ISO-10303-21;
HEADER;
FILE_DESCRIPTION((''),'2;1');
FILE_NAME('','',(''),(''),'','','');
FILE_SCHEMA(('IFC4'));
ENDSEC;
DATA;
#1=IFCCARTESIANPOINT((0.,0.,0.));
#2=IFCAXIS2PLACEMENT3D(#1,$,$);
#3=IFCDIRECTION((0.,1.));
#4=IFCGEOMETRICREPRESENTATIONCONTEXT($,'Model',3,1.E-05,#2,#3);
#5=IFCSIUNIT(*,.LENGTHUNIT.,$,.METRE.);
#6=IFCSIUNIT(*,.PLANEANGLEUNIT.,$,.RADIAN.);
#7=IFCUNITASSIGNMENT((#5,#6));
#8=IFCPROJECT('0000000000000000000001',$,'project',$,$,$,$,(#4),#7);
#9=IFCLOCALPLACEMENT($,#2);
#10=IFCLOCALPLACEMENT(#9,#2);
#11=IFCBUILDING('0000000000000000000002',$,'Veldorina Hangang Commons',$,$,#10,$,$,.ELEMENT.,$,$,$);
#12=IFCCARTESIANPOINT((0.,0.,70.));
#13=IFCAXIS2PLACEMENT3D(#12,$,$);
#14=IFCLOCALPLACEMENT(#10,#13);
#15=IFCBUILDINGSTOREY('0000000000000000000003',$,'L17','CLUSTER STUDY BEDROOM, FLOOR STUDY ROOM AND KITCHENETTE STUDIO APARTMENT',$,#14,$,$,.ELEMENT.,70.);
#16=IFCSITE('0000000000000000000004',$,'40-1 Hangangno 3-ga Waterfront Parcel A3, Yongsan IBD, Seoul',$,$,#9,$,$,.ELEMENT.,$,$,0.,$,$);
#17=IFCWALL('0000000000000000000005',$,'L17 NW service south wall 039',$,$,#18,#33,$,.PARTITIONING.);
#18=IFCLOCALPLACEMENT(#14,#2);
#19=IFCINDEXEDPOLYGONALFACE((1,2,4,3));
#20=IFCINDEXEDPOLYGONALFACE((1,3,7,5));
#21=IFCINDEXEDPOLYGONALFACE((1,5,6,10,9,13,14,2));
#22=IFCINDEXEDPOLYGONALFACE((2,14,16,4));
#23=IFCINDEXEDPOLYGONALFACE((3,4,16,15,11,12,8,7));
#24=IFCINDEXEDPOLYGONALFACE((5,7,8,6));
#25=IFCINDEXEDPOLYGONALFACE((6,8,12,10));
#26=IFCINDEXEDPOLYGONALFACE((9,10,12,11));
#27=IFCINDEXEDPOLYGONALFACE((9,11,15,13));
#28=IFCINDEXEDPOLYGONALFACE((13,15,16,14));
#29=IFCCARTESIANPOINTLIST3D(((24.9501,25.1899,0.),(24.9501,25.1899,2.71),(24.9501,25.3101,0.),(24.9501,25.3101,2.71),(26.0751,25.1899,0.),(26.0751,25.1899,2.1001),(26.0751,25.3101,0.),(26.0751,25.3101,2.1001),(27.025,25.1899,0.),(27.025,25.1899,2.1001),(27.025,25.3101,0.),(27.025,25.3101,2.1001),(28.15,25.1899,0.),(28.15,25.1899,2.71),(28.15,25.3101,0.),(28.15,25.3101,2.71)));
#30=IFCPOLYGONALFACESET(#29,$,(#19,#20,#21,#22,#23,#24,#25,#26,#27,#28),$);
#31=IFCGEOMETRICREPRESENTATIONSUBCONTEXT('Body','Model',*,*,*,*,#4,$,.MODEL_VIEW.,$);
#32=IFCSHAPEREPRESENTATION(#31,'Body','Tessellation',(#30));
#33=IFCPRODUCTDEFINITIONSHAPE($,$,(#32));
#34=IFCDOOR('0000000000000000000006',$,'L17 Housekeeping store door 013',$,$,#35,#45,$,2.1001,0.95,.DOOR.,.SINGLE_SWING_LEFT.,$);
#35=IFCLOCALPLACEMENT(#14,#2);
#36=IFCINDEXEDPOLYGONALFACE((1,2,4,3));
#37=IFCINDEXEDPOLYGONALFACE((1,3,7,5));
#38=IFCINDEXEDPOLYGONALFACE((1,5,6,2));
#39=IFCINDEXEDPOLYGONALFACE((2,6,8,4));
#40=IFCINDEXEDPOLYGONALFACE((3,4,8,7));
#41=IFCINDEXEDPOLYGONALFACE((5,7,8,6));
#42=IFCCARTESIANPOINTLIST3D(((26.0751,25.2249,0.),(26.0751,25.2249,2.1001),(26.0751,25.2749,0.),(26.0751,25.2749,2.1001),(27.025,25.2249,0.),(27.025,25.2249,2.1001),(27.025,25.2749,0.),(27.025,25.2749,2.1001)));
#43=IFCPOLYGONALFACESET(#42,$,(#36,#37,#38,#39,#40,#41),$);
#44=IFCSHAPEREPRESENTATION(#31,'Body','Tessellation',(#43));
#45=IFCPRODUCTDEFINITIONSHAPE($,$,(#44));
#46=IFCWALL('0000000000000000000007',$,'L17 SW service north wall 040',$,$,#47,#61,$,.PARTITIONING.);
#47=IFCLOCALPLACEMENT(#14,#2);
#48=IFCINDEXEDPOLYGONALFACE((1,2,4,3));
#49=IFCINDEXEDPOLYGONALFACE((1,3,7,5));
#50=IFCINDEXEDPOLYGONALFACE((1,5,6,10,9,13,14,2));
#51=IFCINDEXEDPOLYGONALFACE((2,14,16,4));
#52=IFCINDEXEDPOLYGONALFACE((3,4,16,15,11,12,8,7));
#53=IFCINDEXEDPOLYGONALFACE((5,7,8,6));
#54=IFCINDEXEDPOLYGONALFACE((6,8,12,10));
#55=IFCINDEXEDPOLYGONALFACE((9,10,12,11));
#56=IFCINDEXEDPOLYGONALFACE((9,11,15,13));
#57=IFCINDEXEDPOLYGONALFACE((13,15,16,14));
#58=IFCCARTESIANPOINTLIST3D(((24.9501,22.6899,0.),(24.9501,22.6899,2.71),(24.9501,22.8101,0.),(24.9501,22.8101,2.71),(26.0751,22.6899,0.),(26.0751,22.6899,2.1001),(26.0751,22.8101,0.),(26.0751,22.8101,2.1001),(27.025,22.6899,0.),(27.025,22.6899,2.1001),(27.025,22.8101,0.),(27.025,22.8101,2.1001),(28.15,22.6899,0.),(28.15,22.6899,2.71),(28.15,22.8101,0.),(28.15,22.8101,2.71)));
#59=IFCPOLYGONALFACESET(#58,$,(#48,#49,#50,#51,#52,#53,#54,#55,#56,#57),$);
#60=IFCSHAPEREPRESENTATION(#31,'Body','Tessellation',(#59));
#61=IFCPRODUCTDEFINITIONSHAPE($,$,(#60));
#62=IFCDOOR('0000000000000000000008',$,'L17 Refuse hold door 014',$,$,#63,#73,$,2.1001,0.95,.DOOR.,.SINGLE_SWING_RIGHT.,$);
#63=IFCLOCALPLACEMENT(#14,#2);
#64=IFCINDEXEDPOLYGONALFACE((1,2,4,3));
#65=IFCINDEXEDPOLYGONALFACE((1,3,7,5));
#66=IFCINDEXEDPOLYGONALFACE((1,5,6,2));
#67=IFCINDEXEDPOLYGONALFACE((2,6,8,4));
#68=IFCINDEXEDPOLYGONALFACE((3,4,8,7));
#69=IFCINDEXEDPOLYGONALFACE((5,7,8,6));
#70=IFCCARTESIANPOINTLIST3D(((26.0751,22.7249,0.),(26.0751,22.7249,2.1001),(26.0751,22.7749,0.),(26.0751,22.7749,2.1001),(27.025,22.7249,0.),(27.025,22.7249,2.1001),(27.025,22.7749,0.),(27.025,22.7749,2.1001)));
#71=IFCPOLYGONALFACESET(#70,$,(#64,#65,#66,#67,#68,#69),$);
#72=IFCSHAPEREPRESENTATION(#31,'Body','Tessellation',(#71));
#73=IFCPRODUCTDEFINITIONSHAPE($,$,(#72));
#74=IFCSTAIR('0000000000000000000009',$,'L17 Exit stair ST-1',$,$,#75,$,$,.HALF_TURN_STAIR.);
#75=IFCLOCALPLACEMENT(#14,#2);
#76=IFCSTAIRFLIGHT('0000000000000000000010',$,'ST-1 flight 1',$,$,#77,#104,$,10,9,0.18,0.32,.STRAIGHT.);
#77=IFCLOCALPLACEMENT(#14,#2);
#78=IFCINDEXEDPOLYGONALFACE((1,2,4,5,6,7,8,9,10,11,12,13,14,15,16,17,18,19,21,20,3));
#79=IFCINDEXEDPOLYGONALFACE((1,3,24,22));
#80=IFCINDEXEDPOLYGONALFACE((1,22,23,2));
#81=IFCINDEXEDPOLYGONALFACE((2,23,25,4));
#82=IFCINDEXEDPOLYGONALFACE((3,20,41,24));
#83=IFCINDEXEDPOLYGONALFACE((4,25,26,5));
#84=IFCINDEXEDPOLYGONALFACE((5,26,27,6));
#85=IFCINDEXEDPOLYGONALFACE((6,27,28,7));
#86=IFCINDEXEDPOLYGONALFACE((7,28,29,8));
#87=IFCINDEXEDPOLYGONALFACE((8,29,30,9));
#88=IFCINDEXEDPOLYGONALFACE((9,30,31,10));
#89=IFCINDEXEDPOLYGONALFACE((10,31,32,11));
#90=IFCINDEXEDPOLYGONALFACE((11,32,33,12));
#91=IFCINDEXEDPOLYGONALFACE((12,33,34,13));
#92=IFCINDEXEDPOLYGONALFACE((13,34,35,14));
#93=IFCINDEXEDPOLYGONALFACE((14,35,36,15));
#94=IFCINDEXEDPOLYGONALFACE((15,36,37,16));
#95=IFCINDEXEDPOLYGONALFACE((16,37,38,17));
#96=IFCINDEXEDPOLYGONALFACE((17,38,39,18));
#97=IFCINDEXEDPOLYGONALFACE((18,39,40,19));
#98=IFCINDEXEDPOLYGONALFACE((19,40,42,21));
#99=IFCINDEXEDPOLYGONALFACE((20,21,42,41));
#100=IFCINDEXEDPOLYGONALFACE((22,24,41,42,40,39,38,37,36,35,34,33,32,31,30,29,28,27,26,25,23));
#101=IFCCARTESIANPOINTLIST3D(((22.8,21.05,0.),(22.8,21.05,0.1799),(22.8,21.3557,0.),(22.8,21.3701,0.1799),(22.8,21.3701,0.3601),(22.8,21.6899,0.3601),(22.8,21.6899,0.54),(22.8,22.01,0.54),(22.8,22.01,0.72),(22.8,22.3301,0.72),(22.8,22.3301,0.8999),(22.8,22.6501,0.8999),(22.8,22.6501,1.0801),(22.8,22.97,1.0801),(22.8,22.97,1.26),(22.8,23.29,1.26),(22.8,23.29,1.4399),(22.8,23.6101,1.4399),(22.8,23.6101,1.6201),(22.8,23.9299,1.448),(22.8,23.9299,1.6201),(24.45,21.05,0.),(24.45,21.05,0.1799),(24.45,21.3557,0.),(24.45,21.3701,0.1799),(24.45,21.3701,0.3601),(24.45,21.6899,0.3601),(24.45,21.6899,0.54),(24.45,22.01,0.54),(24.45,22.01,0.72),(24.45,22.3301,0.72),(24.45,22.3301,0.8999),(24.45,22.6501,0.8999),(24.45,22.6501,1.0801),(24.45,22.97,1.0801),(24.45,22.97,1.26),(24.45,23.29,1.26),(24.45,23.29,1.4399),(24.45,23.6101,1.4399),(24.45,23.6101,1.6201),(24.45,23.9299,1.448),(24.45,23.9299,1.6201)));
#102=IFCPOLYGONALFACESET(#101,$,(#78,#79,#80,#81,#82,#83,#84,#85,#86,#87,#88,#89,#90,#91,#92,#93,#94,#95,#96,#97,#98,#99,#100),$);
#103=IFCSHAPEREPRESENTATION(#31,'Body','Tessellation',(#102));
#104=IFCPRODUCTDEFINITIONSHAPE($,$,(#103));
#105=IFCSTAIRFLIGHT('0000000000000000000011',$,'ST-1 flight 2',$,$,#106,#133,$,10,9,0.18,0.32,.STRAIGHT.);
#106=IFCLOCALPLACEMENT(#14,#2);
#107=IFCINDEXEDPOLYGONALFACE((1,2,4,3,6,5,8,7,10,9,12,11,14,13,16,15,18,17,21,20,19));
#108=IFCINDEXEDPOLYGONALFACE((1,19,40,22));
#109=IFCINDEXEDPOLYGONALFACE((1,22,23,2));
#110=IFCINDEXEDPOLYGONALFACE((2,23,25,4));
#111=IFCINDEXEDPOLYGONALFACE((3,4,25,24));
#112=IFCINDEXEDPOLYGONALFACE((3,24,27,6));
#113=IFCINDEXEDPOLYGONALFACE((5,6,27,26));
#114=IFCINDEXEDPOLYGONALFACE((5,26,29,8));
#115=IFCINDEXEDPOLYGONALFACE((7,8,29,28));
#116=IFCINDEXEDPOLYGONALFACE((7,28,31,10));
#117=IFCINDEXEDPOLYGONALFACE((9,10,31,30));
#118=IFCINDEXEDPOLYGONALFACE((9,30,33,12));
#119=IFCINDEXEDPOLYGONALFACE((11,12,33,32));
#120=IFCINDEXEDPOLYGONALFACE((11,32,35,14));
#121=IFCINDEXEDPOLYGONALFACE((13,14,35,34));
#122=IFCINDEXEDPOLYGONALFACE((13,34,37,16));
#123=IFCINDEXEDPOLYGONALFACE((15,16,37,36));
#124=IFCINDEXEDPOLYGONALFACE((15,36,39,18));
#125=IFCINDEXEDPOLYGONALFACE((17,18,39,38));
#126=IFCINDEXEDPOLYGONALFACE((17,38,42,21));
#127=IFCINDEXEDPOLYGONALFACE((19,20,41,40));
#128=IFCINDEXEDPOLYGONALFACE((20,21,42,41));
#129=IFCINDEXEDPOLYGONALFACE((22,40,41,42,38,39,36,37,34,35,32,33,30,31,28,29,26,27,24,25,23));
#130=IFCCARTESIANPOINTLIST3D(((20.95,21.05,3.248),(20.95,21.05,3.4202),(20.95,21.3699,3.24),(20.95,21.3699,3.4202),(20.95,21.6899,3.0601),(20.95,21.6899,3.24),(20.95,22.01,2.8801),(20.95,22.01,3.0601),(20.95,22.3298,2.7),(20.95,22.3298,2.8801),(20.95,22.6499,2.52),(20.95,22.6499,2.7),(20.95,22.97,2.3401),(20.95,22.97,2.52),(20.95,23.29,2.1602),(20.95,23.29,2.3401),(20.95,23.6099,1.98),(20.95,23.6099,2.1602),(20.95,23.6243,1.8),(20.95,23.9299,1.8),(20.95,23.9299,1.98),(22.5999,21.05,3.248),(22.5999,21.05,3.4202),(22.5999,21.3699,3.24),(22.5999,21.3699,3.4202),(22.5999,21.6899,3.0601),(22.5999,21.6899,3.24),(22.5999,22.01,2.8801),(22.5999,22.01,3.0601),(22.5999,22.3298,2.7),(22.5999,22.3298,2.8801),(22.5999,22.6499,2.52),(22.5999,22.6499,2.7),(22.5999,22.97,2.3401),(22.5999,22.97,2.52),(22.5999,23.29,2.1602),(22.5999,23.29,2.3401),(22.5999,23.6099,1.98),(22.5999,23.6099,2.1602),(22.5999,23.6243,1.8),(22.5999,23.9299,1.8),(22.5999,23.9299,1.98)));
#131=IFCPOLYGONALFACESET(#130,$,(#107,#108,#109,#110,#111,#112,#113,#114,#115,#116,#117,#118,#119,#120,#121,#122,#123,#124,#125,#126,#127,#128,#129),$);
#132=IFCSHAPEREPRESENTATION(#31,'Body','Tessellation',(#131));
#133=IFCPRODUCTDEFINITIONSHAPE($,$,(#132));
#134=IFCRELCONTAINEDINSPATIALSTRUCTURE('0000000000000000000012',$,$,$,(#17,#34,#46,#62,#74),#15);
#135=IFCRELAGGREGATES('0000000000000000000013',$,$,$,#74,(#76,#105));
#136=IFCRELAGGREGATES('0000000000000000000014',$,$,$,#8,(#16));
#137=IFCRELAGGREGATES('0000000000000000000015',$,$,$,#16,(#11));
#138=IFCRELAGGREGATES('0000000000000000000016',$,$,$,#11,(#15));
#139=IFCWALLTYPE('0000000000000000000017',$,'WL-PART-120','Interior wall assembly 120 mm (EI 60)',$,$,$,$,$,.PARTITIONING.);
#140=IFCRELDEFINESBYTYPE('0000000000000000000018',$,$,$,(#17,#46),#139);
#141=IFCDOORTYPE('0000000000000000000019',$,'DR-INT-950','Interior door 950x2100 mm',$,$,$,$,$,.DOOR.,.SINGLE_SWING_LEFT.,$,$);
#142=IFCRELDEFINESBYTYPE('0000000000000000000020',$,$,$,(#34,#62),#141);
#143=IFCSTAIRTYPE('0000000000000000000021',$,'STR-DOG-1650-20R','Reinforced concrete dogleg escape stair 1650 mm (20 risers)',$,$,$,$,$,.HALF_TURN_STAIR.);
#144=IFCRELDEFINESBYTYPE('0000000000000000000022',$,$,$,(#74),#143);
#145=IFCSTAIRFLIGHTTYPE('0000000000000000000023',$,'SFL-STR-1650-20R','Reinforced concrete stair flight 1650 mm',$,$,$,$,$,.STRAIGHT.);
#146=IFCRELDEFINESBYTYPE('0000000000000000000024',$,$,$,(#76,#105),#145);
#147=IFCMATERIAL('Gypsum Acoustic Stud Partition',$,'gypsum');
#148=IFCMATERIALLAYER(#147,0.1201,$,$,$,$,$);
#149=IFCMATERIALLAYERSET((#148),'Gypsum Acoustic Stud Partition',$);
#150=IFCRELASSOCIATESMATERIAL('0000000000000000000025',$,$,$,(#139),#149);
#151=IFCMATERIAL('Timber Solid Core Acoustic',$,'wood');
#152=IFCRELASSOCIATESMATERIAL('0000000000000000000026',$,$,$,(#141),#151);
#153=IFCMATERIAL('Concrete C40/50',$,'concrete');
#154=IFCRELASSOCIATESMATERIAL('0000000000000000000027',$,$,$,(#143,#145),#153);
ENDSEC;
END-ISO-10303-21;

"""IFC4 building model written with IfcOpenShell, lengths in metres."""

from ifc_helpers import new_model, si_unit, direction, frame, frame_2d, origin, place, context, subcontext, project, spatial, polyline, rectangle, outline, extrude, material, layer, layer_set, type_object, element, fill, aggregate, save


model = new_model("IFC4")

# Units and contexts
model_context = context("Model", 3, precision=1e-05, world=origin(), true_north=direction((0.0, 1.0)))
body_context = subcontext(model_context, "Body", "Model", "MODEL_VIEW")
ifc_project = project(units=[si_unit("LENGTHUNIT", "METRE"), si_unit("PLANEANGLEUNIT", "RADIAN")], contexts=[model_context])

# Site, building, storey
site_placement = place(None, origin())
site = spatial("IfcSite", under=ifc_project, at=site_placement, Name="40-1 Hangangno 3-ga Waterfront Parcel A3, Yongsan IBD, Seoul", CompositionType="ELEMENT", RefElevation=0.0)
building_placement = place(site_placement, origin())
building = spatial("IfcBuilding", under=site, at=building_placement, Name="Veldorina Hangang Commons", CompositionType="ELEMENT")
storey_placement = place(building_placement, frame((0.0, 0.0, 70.0)))
storey = spatial("IfcBuildingStorey", under=building, at=storey_placement, Name="L17", Description="CLUSTER STUDY BEDROOM, FLOOR STUDY ROOM AND KITCHENETTE STUDIO APARTMENT", CompositionType="ELEMENT", Elevation=70.0)

# Walls, openings, doors
ifc_material_1 = material(Name="Gypsum Acoustic Stud Partition", Category="gypsum")
ifc_layer_1 = layer(ifc_material_1, 0.1201)
ifc_layer_set_1 = layer_set([ifc_layer_1], Name="Gypsum Acoustic Stud Partition")
wall_type_1 = type_object("IfcWallType", Name="WL-PART-120", Description="Interior wall assembly 120 mm (EI 60)", PredefinedType="PARTITIONING", material=ifc_layer_set_1)
wall_1_placement = place(storey_placement, frame((24.95, 25.25, 0.0), z_axis=(0.0, 0.0, 1.0), x_axis=(1.0, 0.0, 0.0)))
wall_1 = element("IfcWall", 1, at=wall_1_placement, inside=storey, type_object=wall_type_1, Name="L17 NW service south wall 039", PredefinedType="PARTITIONING", context=body_context, shape_type="SweptSolid", body=[
    extrude(rectangle(XDim=3.2, YDim=0.1201, at=frame_2d((1.6001, 0.0))), origin(), (0.0, 0.0, 1.0), 2.71),
])
opening_1_placement = place(wall_1_placement, frame((1.125, 0.0, 0.0)))
opening_1 = element("IfcOpeningElement", 2, at=opening_1_placement, cuts=wall_1, PredefinedType="OPENING", context=body_context, shape_type="SweptSolid", body=[
    extrude(rectangle(XDim=0.95, YDim=2.1001, at=frame_2d((0.4751, 1.05))), frame((0.0, 0.0701, 0.0), z_axis=(0.0, -1.0, 0.0), x_axis=(1.0, 0.0, 0.0)), (0.0, 0.0, 1.0), 0.1401),
])
ifc_material_2 = material(Name="Timber Solid Core Acoustic", Category="wood")
door_type_1 = type_object("IfcDoorType", Name="DR-INT-950", Description="Interior door 950x2100 mm", OperationType="SINGLE_SWING_LEFT", PredefinedType="DOOR", material=ifc_material_2)
door_1_placement = place(opening_1_placement, origin())
door_1 = element("IfcDoor", 3, at=door_1_placement, inside=storey, type_object=door_type_1, Name="L17 Housekeeping store door 013", OperationType="SINGLE_SWING_LEFT", OverallHeight=2.1001, OverallWidth=0.95, PredefinedType="DOOR", context=body_context, shape_type="SweptSolid", body=[
    extrude(rectangle(XDim=0.95, YDim=2.1001, at=frame_2d((0.4751, 1.05))), frame((0.0, 0.0249, 0.0), z_axis=(0.0, -1.0, 0.0), x_axis=(1.0, 0.0, 0.0)), (0.0, 0.0, 1.0), 0.05),
])
fill(opening_1, door_1)
wall_2_placement = place(storey_placement, frame((24.95, 22.75, 0.0), z_axis=(0.0, 0.0, 1.0), x_axis=(1.0, 0.0, 0.0)))
wall_2 = element("IfcWall", 4, at=wall_2_placement, inside=storey, type_object=wall_type_1, Name="L17 SW service north wall 040", PredefinedType="PARTITIONING", context=body_context, shape_type="SweptSolid", body=[
    extrude(rectangle(XDim=3.2, YDim=0.1201, at=frame_2d((1.6001, 0.0))), origin(), (0.0, 0.0, 1.0), 2.71),
])
opening_2_placement = place(wall_2_placement, frame((1.125, 0.0, 0.0)))
opening_2 = element("IfcOpeningElement", 5, at=opening_2_placement, cuts=wall_2, PredefinedType="OPENING", context=body_context, shape_type="SweptSolid", body=[
    extrude(rectangle(XDim=0.95, YDim=2.1001, at=frame_2d((0.4751, 1.05))), frame((0.0, 0.0701, 0.0), z_axis=(0.0, -1.0, 0.0), x_axis=(1.0, 0.0, 0.0)), (0.0, 0.0, 1.0), 0.1401),
])
door_2_placement = place(opening_2_placement, origin())
door_2 = element("IfcDoor", 6, at=door_2_placement, inside=storey, type_object=door_type_1, Name="L17 Refuse hold door 014", OperationType="SINGLE_SWING_RIGHT", OverallHeight=2.1001, OverallWidth=0.95, PredefinedType="DOOR", context=body_context, shape_type="SweptSolid", body=[
    extrude(rectangle(XDim=0.95, YDim=2.1001, at=frame_2d((0.4751, 1.05))), frame((0.0, 0.0249, 0.0), z_axis=(0.0, -1.0, 0.0), x_axis=(1.0, 0.0, 0.0)), (0.0, 0.0, 1.0), 0.05),
])
fill(opening_2, door_2)

# Stair, stair flights
ifc_material_3 = material(Name="Concrete C40/50", Category="concrete")
stair_type = type_object("IfcStairType", Name="STR-DOG-1650-20R", Description="Reinforced concrete dogleg escape stair 1650 mm (20 risers)", PredefinedType="HALF_TURN_STAIR", material=ifc_material_3)
stair_placement = place(storey_placement, origin())
stair = element("IfcStair", 7, at=stair_placement, inside=storey, type_object=stair_type, Name="L17 Exit stair ST-1", PredefinedType="HALF_TURN_STAIR")
stair_flight_type = type_object("IfcStairFlightType", Name="SFL-STR-1650-20R", Description="Reinforced concrete stair flight 1650 mm", PredefinedType="STRAIGHT", material=ifc_material_3)
stair_flight_1_placement = place(storey_placement, frame((23.625, 21.05, 0.0), z_axis=(0.0, 0.0, 1.0), x_axis=(0.0, 1.0, 0.0)))
stair_flight_1 = element("IfcStairFlight", 8, at=stair_flight_1_placement, type_object=stair_flight_type, Name="ST-1 flight 1", NumberOfRisers=10, NumberOfTreads=9, PredefinedType="STRAIGHT", RiserHeight=0.18, TreadLength=0.32, context=body_context, shape_type="SweptSolid", body=[
    extrude(outline(polyline([(0.0, 0.0), (0.0, 0.1799), (0.3201, 0.1799), (0.3201, 0.3601), (0.6399, 0.3601), (0.6399, 0.54), (0.96, 0.54), (0.96, 0.72), (1.28, 0.72), (1.28, 0.8999), (1.6001, 0.8999), (1.6001, 1.0801), (1.9199, 1.0801), (1.9199, 1.26), (2.24, 1.26), (2.24, 1.4399), (2.5601, 1.4399), (2.5601, 1.6201), (2.8799, 1.6201), (2.8799, 1.8), (2.8799, 1.448), (0.3057, 0.0), (0.0, 0.0)])), frame((0.0, 0.825, 0.0), z_axis=(0.0, -1.0, 0.0), x_axis=(1.0, 0.0, 0.0)), (0.0, 0.0, 1.0), 1.6499),
])
stair_flight_2_placement = place(storey_placement, frame((21.7749, 23.9299, 1.8), z_axis=(0.0, 0.0, 1.0), x_axis=(0.0, -1.0, 0.0)))
stair_flight_2 = element("IfcStairFlight", 9, at=stair_flight_2_placement, type_object=stair_flight_type, Name="ST-1 flight 2", NumberOfRisers=10, NumberOfTreads=9, PredefinedType="STRAIGHT", RiserHeight=0.18, TreadLength=0.32, context=body_context, shape_type="SweptSolid", body=[
    extrude(outline(polyline([(0.0, 0.0), (0.0, 0.1799), (0.3201, 0.1799), (0.3201, 0.3601), (0.6399, 0.3601), (0.6399, 0.54), (0.96, 0.54), (0.96, 0.72), (1.28, 0.72), (1.28, 0.8999), (1.6001, 0.8999), (1.6001, 1.0801), (1.9199, 1.0801), (1.9199, 1.26), (2.24, 1.26), (2.24, 1.4399), (2.5601, 1.4399), (2.5601, 1.6201), (2.8799, 1.6201), (2.8799, 1.8), (2.8799, 1.448), (0.3057, 0.0), (0.0, 0.0)])), frame((0.0, 0.825, 0.0), z_axis=(0.0, -1.0, 0.0), x_axis=(1.0, 0.0, 0.0)), (0.0, 0.0, 1.0), 1.6499),
])
aggregate(stair, [stair_flight_1, stair_flight_2])

save(model, "model.ifc")
